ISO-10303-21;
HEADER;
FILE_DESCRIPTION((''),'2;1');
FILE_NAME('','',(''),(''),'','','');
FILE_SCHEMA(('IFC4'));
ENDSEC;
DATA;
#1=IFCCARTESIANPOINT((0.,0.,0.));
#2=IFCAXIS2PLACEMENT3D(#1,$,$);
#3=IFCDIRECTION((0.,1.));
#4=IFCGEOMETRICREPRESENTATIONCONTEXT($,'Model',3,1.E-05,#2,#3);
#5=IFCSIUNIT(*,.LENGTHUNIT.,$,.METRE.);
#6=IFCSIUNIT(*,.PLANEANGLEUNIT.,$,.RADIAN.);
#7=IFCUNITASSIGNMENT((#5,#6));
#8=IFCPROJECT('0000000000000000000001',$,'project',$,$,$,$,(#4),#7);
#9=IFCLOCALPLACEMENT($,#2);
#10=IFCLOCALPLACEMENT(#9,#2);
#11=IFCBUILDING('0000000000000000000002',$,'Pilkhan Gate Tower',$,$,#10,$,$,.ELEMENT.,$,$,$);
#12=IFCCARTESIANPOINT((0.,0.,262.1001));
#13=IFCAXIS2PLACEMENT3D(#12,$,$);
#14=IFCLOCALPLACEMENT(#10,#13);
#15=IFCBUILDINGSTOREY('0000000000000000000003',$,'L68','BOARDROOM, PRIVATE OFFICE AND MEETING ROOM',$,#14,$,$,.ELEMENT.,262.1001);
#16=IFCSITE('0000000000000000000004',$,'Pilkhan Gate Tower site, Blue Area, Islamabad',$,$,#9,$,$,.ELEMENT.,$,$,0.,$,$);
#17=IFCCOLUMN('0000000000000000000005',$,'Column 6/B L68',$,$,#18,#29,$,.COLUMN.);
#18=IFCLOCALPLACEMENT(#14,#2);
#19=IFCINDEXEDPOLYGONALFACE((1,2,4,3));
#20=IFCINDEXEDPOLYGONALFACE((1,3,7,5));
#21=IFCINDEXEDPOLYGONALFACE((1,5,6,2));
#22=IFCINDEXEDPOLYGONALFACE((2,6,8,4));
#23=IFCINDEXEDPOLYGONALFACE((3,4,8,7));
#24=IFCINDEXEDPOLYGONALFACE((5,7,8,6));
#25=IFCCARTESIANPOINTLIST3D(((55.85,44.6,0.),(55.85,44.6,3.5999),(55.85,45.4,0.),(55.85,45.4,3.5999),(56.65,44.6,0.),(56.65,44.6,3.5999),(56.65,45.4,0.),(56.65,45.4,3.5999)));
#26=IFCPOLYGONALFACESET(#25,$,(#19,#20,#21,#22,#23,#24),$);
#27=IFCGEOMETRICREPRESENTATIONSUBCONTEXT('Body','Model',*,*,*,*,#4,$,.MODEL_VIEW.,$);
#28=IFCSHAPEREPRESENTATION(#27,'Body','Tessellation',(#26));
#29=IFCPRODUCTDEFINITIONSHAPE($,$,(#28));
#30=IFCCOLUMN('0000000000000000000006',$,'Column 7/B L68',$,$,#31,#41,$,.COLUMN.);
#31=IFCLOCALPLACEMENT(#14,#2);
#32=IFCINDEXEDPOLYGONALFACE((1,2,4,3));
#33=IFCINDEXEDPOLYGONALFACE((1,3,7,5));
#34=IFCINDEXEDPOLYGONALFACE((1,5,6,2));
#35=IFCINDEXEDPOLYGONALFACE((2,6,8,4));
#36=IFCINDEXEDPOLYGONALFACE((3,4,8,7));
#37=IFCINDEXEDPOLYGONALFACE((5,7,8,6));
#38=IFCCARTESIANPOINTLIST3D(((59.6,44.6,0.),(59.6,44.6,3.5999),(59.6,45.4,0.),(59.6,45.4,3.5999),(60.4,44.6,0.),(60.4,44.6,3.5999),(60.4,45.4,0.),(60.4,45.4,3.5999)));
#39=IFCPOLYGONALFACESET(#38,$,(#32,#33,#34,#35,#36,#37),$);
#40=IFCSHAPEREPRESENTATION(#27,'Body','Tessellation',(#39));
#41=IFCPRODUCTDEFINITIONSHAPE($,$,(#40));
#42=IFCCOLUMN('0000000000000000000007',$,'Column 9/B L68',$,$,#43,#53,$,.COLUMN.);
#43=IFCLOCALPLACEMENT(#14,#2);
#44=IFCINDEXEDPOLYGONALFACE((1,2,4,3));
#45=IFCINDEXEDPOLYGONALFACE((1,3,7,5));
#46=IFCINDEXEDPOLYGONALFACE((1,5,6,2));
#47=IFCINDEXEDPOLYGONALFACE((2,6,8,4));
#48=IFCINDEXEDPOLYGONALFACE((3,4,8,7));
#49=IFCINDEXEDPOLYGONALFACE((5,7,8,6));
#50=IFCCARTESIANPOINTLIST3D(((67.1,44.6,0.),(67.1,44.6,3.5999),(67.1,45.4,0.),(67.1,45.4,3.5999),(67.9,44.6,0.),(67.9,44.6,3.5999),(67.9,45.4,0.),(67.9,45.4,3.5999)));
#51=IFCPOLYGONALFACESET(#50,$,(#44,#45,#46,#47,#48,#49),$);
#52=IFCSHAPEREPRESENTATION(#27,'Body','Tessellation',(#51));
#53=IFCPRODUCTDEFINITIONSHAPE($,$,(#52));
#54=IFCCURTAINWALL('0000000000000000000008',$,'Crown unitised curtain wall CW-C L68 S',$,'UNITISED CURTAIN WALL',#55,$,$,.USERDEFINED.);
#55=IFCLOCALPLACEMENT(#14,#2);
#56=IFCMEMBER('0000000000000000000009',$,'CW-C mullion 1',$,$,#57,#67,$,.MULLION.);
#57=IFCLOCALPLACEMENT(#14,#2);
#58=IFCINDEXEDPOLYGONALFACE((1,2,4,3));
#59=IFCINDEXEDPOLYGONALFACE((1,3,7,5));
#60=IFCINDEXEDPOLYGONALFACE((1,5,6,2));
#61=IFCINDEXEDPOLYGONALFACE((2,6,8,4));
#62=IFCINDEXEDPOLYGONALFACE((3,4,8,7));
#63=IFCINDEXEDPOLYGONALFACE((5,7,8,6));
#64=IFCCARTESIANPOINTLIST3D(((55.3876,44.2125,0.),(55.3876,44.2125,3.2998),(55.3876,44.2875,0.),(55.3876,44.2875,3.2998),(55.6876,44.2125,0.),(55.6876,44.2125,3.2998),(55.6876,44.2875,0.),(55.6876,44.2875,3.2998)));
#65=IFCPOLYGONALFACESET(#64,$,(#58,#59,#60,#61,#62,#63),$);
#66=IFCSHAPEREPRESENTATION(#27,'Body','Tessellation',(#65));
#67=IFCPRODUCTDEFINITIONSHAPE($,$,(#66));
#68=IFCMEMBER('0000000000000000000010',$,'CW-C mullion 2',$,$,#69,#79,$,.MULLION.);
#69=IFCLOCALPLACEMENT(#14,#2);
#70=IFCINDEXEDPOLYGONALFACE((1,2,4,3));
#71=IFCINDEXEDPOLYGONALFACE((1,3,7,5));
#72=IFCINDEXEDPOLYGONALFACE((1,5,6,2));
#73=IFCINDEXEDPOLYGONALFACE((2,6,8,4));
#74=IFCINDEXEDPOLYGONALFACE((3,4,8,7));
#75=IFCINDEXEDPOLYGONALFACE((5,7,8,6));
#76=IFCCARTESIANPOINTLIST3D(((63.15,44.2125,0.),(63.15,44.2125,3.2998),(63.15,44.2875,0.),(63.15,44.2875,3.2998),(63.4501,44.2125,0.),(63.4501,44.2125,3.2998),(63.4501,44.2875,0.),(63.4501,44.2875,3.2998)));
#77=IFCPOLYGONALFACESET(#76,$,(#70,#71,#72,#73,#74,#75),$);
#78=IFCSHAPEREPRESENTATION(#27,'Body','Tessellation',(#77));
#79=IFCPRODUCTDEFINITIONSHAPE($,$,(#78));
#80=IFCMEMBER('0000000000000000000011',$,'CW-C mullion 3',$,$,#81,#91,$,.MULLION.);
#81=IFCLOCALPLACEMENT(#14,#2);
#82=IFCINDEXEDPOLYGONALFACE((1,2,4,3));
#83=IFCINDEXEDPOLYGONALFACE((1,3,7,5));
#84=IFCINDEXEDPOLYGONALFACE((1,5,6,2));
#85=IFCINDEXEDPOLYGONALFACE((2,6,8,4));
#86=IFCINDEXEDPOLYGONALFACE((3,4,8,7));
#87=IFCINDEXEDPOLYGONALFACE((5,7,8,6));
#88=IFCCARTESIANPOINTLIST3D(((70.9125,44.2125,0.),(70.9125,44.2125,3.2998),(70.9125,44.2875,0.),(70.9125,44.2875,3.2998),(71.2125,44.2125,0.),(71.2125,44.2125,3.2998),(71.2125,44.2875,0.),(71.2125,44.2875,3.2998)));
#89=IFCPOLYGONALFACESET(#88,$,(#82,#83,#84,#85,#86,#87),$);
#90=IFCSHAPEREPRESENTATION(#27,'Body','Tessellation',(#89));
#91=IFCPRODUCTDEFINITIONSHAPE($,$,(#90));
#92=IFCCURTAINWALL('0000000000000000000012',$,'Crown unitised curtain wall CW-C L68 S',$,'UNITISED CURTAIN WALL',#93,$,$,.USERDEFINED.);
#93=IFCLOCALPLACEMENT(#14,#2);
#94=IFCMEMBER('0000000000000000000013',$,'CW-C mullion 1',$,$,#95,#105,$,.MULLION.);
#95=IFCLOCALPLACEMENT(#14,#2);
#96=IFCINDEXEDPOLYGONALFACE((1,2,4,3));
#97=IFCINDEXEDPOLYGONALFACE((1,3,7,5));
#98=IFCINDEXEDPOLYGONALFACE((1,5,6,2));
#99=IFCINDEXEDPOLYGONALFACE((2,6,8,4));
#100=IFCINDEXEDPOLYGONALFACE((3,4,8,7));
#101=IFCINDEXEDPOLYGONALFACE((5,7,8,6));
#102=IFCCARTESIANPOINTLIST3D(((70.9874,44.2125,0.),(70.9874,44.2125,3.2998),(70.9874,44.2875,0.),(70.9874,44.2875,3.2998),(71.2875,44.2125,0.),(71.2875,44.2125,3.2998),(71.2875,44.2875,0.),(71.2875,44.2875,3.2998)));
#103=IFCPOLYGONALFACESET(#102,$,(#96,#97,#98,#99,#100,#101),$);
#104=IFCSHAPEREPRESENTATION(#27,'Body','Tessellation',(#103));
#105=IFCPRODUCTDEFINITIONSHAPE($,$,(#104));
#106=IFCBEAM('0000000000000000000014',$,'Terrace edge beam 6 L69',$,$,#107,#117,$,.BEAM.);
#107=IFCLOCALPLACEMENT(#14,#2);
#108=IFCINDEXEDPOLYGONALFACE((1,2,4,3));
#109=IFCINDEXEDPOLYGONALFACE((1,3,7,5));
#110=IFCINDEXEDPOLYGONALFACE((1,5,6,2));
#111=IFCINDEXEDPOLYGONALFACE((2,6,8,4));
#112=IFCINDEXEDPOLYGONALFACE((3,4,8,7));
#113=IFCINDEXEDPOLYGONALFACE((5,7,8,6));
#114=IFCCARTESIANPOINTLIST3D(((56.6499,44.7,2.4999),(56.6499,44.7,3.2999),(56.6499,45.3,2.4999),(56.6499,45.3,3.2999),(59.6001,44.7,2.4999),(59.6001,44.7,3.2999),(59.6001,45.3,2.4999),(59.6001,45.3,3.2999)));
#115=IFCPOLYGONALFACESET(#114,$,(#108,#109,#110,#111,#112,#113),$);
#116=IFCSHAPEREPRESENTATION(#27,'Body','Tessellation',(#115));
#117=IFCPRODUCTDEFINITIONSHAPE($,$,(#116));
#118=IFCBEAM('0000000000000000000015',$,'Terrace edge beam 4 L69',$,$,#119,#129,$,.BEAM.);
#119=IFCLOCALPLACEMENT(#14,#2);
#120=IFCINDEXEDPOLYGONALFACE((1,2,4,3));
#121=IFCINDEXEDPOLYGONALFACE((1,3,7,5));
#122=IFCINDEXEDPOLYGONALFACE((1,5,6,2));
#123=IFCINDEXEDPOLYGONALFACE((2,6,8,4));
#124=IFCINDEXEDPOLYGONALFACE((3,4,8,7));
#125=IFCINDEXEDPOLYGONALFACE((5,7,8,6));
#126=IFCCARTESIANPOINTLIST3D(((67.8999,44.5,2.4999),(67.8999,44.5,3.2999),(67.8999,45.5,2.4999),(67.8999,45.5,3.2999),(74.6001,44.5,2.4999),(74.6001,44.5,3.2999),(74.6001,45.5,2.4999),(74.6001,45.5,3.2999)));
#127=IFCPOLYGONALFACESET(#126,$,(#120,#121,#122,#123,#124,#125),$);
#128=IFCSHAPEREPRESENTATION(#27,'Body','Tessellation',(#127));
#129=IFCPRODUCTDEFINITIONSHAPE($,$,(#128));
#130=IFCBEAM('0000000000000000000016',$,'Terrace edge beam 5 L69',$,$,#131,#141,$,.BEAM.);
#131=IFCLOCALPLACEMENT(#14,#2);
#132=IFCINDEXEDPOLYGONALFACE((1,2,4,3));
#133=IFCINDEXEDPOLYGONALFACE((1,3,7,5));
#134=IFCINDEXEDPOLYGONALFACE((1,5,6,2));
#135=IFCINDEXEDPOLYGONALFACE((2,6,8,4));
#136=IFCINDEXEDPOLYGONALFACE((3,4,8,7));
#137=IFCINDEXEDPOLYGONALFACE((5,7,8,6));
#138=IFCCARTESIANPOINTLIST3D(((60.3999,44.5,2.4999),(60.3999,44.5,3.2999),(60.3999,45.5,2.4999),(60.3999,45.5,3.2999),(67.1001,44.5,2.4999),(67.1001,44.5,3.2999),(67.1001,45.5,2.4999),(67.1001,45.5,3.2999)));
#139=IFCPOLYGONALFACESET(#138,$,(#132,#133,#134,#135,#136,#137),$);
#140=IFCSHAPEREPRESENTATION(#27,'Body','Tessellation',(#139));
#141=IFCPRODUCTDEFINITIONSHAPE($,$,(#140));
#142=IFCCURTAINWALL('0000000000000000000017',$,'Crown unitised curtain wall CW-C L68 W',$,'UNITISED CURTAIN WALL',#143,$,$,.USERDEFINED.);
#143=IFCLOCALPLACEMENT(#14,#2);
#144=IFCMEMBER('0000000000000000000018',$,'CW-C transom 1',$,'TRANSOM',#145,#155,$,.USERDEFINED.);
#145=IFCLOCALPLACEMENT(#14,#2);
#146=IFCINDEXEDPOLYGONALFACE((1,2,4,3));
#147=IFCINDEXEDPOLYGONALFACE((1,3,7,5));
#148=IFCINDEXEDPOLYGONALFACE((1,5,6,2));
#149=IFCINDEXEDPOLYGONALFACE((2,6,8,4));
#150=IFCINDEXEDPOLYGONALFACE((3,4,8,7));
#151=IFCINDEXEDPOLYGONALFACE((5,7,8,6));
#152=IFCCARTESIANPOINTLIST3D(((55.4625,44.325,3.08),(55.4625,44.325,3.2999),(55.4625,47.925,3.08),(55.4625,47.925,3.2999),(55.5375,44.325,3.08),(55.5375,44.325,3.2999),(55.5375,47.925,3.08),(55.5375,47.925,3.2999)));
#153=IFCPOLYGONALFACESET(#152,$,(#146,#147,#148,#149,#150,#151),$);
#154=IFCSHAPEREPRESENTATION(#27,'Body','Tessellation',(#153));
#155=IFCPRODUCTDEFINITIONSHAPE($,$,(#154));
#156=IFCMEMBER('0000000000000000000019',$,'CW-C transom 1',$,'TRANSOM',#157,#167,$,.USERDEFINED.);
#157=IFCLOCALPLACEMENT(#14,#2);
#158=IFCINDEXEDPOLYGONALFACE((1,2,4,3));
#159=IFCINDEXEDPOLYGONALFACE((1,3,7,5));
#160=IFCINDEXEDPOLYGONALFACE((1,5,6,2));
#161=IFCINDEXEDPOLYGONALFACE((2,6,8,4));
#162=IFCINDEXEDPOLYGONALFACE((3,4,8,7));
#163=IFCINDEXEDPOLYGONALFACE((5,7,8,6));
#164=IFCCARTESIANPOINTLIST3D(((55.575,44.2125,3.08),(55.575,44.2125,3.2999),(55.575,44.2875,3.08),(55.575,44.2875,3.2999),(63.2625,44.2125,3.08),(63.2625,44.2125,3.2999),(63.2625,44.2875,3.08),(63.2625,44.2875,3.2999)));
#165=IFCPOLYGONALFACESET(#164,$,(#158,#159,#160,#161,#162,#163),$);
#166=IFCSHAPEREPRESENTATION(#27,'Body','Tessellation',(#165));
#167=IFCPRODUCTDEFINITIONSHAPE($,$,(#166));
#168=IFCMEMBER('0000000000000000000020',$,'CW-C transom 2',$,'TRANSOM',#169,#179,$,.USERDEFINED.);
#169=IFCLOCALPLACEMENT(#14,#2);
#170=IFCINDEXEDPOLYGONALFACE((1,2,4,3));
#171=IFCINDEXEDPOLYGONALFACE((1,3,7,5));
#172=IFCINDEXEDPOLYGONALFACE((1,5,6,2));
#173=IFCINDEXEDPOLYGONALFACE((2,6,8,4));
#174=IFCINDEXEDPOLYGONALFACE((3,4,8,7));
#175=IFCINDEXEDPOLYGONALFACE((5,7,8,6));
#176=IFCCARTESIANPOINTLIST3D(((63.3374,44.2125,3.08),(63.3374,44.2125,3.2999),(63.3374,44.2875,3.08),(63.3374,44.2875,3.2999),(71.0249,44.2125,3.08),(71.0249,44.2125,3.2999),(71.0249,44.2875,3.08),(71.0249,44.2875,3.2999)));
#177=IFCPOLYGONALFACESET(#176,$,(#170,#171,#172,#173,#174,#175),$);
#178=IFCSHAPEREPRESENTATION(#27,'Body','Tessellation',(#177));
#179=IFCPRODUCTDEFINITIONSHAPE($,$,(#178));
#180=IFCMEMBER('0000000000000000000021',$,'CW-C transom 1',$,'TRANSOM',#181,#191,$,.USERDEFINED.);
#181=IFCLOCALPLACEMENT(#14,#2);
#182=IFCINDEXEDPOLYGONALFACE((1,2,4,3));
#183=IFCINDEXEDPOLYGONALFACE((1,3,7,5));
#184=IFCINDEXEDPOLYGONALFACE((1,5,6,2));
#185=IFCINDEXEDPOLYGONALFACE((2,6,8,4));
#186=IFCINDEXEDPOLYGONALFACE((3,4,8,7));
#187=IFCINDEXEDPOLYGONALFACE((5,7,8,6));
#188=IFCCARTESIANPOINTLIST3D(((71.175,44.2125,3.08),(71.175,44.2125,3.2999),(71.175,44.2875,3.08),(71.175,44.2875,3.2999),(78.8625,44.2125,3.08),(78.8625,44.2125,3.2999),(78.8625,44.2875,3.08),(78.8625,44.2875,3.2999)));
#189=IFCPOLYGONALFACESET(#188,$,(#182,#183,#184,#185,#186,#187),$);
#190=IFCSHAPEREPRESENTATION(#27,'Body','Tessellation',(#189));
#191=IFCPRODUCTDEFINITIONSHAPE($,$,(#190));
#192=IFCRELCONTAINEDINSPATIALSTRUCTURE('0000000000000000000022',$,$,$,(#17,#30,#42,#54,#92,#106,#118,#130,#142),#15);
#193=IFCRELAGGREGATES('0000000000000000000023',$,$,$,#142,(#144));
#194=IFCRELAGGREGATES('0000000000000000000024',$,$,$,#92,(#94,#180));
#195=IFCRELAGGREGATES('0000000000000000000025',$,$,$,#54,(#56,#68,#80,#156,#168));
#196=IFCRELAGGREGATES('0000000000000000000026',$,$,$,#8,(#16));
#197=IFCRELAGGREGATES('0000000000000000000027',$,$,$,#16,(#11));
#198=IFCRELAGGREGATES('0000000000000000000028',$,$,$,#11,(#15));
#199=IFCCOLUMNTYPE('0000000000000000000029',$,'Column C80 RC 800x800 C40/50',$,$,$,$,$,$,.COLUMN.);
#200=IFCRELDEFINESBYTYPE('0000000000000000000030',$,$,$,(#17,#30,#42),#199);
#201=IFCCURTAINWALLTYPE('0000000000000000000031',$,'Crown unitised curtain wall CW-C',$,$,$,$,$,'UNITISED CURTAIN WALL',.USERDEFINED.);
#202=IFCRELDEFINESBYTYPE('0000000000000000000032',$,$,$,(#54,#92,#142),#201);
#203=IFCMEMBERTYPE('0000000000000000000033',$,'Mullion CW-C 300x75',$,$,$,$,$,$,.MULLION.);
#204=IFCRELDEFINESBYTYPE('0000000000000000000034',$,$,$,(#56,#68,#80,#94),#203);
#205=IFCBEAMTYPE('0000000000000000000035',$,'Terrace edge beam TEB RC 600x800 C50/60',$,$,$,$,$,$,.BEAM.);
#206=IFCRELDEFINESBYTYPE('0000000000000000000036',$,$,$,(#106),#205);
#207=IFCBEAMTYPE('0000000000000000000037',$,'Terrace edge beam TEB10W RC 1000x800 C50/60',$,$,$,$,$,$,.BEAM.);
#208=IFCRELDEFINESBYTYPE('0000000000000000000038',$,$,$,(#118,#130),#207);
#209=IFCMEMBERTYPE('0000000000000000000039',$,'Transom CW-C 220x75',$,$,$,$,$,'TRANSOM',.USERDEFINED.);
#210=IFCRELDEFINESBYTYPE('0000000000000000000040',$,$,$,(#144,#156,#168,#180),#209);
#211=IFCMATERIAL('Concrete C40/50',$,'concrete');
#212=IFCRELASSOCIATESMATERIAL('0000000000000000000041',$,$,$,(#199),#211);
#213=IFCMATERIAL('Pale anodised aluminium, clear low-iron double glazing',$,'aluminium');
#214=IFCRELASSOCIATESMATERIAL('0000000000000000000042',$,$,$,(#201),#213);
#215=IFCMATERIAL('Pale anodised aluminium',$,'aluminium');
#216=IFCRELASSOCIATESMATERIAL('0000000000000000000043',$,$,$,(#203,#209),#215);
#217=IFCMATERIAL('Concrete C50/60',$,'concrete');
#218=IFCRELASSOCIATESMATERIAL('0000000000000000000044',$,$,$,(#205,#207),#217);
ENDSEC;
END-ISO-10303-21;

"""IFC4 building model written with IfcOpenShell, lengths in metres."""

from ifc_helpers import new_model, si_unit, direction, frame, origin, origin_2d, place, context, subcontext, project, spatial, rectangle, extrude, material, material_profile, profile_set, type_object, element, aggregate, save


model = new_model("IFC4")

# Units and contexts
model_context = context("Model", 3, precision=1e-05, world=origin(), true_north=direction((0.0, 1.0)))
body_context = subcontext(model_context, "Body", "Model", "MODEL_VIEW")
ifc_project = project(units=[si_unit("LENGTHUNIT", "METRE"), si_unit("PLANEANGLEUNIT", "RADIAN")], contexts=[model_context])

# Site, building, storey
site_placement = place(None, origin())
site = spatial("IfcSite", under=ifc_project, at=site_placement, Name="Pilkhan Gate Tower site, Blue Area, Islamabad", CompositionType="ELEMENT", RefElevation=0.0)
building_placement = place(site_placement, origin())
building = spatial("IfcBuilding", under=site, at=building_placement, Name="Pilkhan Gate Tower", CompositionType="ELEMENT")
storey_placement = place(building_placement, frame((0.0, 0.0, 262.1001)))
storey = spatial("IfcBuildingStorey", under=building, at=storey_placement, Name="L68", Description="BOARDROOM, PRIVATE OFFICE AND MEETING ROOM", CompositionType="ELEMENT", Elevation=262.1001)

# Columns
ifc_material_1 = material(Name="Concrete C40/50", Category="concrete")
ifc_material_profile_1 = material_profile(ifc_material_1, rectangle(XDim=0.8, YDim=0.8, at=origin_2d()), Name="RC 800x800")
ifc_profile_set_1 = profile_set([ifc_material_profile_1], Name="Concrete C40/50")
column_type = type_object("IfcColumnType", Name="Column C80 RC 800x800 C40/50", PredefinedType="COLUMN", material=ifc_profile_set_1)
for number, where, z_axis, x_axis, name in (
    (1, (56.25, 45.0, 0.0), (0.0, 0.0, 1.0), (1.0, 0.0, 0.0), "Column 6/B L68"),
    (2, (60.0, 45.0, 0.0), (0.0, 0.0, 1.0), (1.0, 0.0, 0.0), "Column 7/B L68"),
    (3, (67.5, 45.0, 0.0), (0.0, 0.0, 1.0), (1.0, 0.0, 0.0), "Column 9/B L68"),
):
    element("IfcColumn", number, at=place(storey_placement, frame(where, z_axis=z_axis, x_axis=x_axis)), inside=storey, type_object=column_type, Name=name, PredefinedType="COLUMN", context=body_context, shape_type="SweptSolid", body=[
        extrude(rectangle(XDim=0.8, YDim=0.8, at=origin_2d()), origin(), (0.0, 0.0, 1.0), 3.5999),
    ])

# Curtain wall, members
ifc_material_2 = material(Name="Pale anodised aluminium, clear low-iron double glazing", Category="aluminium")
curtain_wall_type = type_object("IfcCurtainWallType", Name="Crown unitised curtain wall CW-C", ElementType="UNITISED CURTAIN WALL", PredefinedType="USERDEFINED", material=ifc_material_2)
curtain_wall_1_placement = place(storey_placement, origin())
curtain_wall_1 = element("IfcCurtainWall", 4, at=curtain_wall_1_placement, inside=storey, type_object=curtain_wall_type, Name="Crown unitised curtain wall CW-C L68 S", ObjectType="UNITISED CURTAIN WALL", PredefinedType="USERDEFINED")
ifc_material_3 = material(Name="Pale anodised aluminium", Category="aluminium")
ifc_material_profile_2 = material_profile(ifc_material_3, rectangle(XDim=0.075, YDim=0.3, at=origin_2d()), Name="Mullion 300x75")
ifc_profile_set_2 = profile_set([ifc_material_profile_2], Name="Pale anodised aluminium")
member_type_1 = type_object("IfcMemberType", Name="Mullion CW-C 300x75", PredefinedType="MULLION", material=ifc_profile_set_2)
member_1_placement = place(storey_placement, frame((55.5376, 44.25, 0.0), z_axis=(0.0, 0.0, 1.0), x_axis=(0.0, 1.0, 0.0)))
member_1 = element("IfcMember", 5, at=member_1_placement, type_object=member_type_1, Name="CW-C mullion 1", PredefinedType="MULLION", context=body_context, shape_type="SweptSolid", body=[
    extrude(rectangle(XDim=0.075, YDim=0.3, at=origin_2d()), origin(), (0.0, 0.0, 1.0), 3.2998),
])
member_2_placement = place(storey_placement, frame((63.3, 44.25, 0.0), z_axis=(0.0, 0.0, 1.0), x_axis=(0.0, 1.0, 0.0)))
member_2 = element("IfcMember", 6, at=member_2_placement, type_object=member_type_1, Name="CW-C mullion 2", PredefinedType="MULLION", context=body_context, shape_type="SweptSolid", body=[
    extrude(rectangle(XDim=0.075, YDim=0.3, at=origin_2d()), origin(), (0.0, 0.0, 1.0), 3.2998),
])
member_3_placement = place(storey_placement, frame((71.0625, 44.25, 0.0), z_axis=(0.0, 0.0, 1.0), x_axis=(0.0, 1.0, 0.0)))
member_3 = element("IfcMember", 7, at=member_3_placement, type_object=member_type_1, Name="CW-C mullion 3", PredefinedType="MULLION", context=body_context, shape_type="SweptSolid", body=[
    extrude(rectangle(XDim=0.075, YDim=0.3, at=origin_2d()), origin(), (0.0, 0.0, 1.0), 3.2998),
])

# Curtain wall, member
curtain_wall_2_placement = place(storey_placement, origin())
curtain_wall_2 = element("IfcCurtainWall", 8, at=curtain_wall_2_placement, inside=storey, type_object=curtain_wall_type, Name="Crown unitised curtain wall CW-C L68 S", ObjectType="UNITISED CURTAIN WALL", PredefinedType="USERDEFINED")
member_4_placement = place(storey_placement, frame((71.1375, 44.25, 0.0), z_axis=(0.0, 0.0, 1.0), x_axis=(0.0, 1.0, 0.0)))
member_4 = element("IfcMember", 9, at=member_4_placement, type_object=member_type_1, Name="CW-C mullion 1", PredefinedType="MULLION", context=body_context, shape_type="SweptSolid", body=[
    extrude(rectangle(XDim=0.075, YDim=0.3, at=origin_2d()), origin(), (0.0, 0.0, 1.0), 3.2998),
])

# Beams
ifc_material_4 = material(Name="Concrete C50/60", Category="concrete")
ifc_material_profile_3 = material_profile(ifc_material_4, rectangle(XDim=0.6001, YDim=0.8, at=origin_2d()), Name="RC 600x800")
ifc_profile_set_3 = profile_set([ifc_material_profile_3], Name="Concrete C50/60")
beam_type_1 = type_object("IfcBeamType", Name="Terrace edge beam TEB RC 600x800 C50/60", PredefinedType="BEAM", material=ifc_profile_set_3)
beam_placement = place(storey_placement, frame((59.6001, 45.0, 2.8999), z_axis=(-1.0, 0.0, 0.0), x_axis=(0.0, -1.0, 0.0)))
element("IfcBeam", 10, at=beam_placement, inside=storey, type_object=beam_type_1, Name="Terrace edge beam 6 L69", PredefinedType="BEAM", context=body_context, shape_type="SweptSolid", body=[
    extrude(rectangle(XDim=0.6001, YDim=0.8, at=origin_2d()), origin(), (0.0, 0.0, 1.0), 2.9502),
])
ifc_material_profile_4 = material_profile(ifc_material_4, rectangle(XDim=1.0, YDim=0.8, at=origin_2d()), Name="RC 1000x800")
ifc_profile_set_4 = profile_set([ifc_material_profile_4], Name="Concrete C50/60")
beam_type_2 = type_object("IfcBeamType", Name="Terrace edge beam TEB10W RC 1000x800 C50/60", PredefinedType="BEAM", material=ifc_profile_set_4)
for number, where, z_axis, x_axis, name in (
    (11, (74.6001, 45.0, 2.8999), (-1.0, 0.0, 0.0), (0.0, -1.0, 0.0), "Terrace edge beam 4 L69"),
    (12, (67.1001, 45.0, 2.8999), (-1.0, 0.0, 0.0), (0.0, -1.0, 0.0), "Terrace edge beam 5 L69"),
):
    element("IfcBeam", number, at=place(storey_placement, frame(where, z_axis=z_axis, x_axis=x_axis)), inside=storey, type_object=beam_type_2, Name=name, PredefinedType="BEAM", context=body_context, shape_type="SweptSolid", body=[
        extrude(rectangle(XDim=1.0, YDim=0.8, at=origin_2d()), origin(), (0.0, 0.0, 1.0), 6.7002),
    ])

# Curtain wall, member
curtain_wall_3_placement = place(storey_placement, origin())
curtain_wall_3 = element("IfcCurtainWall", 13, at=curtain_wall_3_placement, inside=storey, type_object=curtain_wall_type, Name="Crown unitised curtain wall CW-C L68 W", ObjectType="UNITISED CURTAIN WALL", PredefinedType="USERDEFINED")
ifc_material_profile_5 = material_profile(ifc_material_3, rectangle(XDim=0.075, YDim=0.22, at=origin_2d()), Name="Transom 220x75")
ifc_profile_set_5 = profile_set([ifc_material_profile_5], Name="Pale anodised aluminium")
member_type_2 = type_object("IfcMemberType", Name="Transom CW-C 220x75", ElementType="TRANSOM", PredefinedType="USERDEFINED", material=ifc_profile_set_5)
member_5_placement = place(storey_placement, frame((55.5, 44.325, 3.1899), z_axis=(0.0, 1.0, 0.0), x_axis=(-1.0, 0.0, 0.0)))
member_5 = element("IfcMember", 14, at=member_5_placement, type_object=member_type_2, Name="CW-C transom 1", ObjectType="TRANSOM", PredefinedType="USERDEFINED", context=body_context, shape_type="SweptSolid", body=[
    extrude(rectangle(XDim=0.075, YDim=0.22, at=origin_2d()), origin(), (0.0, 0.0, 1.0), 3.6001),
])
aggregate(curtain_wall_3, [member_5])

# Members
member_6_placement = place(storey_placement, frame((55.575, 44.25, 3.1899), z_axis=(1.0, 0.0, 0.0), x_axis=(0.0, 1.0, 0.0)))
member_6 = element("IfcMember", 15, at=member_6_placement, type_object=member_type_2, Name="CW-C transom 1", ObjectType="TRANSOM", PredefinedType="USERDEFINED", context=body_context, shape_type="SweptSolid", body=[
    extrude(rectangle(XDim=0.075, YDim=0.22, at=origin_2d()), origin(), (0.0, 0.0, 1.0), 7.6875),
])
member_7_placement = place(storey_placement, frame((63.3374, 44.25, 3.1899), z_axis=(1.0, 0.0, 0.0), x_axis=(0.0, 1.0, 0.0)))
member_7 = element("IfcMember", 16, at=member_7_placement, type_object=member_type_2, Name="CW-C transom 2", ObjectType="TRANSOM", PredefinedType="USERDEFINED", context=body_context, shape_type="SweptSolid", body=[
    extrude(rectangle(XDim=0.075, YDim=0.22, at=origin_2d()), origin(), (0.0, 0.0, 1.0), 7.6875),
])
member_8_placement = place(storey_placement, frame((71.175, 44.25, 3.1899), z_axis=(1.0, 0.0, 0.0), x_axis=(0.0, 1.0, 0.0)))
member_8 = element("IfcMember", 17, at=member_8_placement, type_object=member_type_2, Name="CW-C transom 1", ObjectType="TRANSOM", PredefinedType="USERDEFINED", context=body_context, shape_type="SweptSolid", body=[
    extrude(rectangle(XDim=0.075, YDim=0.22, at=origin_2d()), origin(), (0.0, 0.0, 1.0), 7.6875),
])
aggregate(curtain_wall_2, [member_4, member_8])

aggregate(curtain_wall_1, [member_1, member_2, member_3, member_6, member_7])

save(model, "model.ifc")
